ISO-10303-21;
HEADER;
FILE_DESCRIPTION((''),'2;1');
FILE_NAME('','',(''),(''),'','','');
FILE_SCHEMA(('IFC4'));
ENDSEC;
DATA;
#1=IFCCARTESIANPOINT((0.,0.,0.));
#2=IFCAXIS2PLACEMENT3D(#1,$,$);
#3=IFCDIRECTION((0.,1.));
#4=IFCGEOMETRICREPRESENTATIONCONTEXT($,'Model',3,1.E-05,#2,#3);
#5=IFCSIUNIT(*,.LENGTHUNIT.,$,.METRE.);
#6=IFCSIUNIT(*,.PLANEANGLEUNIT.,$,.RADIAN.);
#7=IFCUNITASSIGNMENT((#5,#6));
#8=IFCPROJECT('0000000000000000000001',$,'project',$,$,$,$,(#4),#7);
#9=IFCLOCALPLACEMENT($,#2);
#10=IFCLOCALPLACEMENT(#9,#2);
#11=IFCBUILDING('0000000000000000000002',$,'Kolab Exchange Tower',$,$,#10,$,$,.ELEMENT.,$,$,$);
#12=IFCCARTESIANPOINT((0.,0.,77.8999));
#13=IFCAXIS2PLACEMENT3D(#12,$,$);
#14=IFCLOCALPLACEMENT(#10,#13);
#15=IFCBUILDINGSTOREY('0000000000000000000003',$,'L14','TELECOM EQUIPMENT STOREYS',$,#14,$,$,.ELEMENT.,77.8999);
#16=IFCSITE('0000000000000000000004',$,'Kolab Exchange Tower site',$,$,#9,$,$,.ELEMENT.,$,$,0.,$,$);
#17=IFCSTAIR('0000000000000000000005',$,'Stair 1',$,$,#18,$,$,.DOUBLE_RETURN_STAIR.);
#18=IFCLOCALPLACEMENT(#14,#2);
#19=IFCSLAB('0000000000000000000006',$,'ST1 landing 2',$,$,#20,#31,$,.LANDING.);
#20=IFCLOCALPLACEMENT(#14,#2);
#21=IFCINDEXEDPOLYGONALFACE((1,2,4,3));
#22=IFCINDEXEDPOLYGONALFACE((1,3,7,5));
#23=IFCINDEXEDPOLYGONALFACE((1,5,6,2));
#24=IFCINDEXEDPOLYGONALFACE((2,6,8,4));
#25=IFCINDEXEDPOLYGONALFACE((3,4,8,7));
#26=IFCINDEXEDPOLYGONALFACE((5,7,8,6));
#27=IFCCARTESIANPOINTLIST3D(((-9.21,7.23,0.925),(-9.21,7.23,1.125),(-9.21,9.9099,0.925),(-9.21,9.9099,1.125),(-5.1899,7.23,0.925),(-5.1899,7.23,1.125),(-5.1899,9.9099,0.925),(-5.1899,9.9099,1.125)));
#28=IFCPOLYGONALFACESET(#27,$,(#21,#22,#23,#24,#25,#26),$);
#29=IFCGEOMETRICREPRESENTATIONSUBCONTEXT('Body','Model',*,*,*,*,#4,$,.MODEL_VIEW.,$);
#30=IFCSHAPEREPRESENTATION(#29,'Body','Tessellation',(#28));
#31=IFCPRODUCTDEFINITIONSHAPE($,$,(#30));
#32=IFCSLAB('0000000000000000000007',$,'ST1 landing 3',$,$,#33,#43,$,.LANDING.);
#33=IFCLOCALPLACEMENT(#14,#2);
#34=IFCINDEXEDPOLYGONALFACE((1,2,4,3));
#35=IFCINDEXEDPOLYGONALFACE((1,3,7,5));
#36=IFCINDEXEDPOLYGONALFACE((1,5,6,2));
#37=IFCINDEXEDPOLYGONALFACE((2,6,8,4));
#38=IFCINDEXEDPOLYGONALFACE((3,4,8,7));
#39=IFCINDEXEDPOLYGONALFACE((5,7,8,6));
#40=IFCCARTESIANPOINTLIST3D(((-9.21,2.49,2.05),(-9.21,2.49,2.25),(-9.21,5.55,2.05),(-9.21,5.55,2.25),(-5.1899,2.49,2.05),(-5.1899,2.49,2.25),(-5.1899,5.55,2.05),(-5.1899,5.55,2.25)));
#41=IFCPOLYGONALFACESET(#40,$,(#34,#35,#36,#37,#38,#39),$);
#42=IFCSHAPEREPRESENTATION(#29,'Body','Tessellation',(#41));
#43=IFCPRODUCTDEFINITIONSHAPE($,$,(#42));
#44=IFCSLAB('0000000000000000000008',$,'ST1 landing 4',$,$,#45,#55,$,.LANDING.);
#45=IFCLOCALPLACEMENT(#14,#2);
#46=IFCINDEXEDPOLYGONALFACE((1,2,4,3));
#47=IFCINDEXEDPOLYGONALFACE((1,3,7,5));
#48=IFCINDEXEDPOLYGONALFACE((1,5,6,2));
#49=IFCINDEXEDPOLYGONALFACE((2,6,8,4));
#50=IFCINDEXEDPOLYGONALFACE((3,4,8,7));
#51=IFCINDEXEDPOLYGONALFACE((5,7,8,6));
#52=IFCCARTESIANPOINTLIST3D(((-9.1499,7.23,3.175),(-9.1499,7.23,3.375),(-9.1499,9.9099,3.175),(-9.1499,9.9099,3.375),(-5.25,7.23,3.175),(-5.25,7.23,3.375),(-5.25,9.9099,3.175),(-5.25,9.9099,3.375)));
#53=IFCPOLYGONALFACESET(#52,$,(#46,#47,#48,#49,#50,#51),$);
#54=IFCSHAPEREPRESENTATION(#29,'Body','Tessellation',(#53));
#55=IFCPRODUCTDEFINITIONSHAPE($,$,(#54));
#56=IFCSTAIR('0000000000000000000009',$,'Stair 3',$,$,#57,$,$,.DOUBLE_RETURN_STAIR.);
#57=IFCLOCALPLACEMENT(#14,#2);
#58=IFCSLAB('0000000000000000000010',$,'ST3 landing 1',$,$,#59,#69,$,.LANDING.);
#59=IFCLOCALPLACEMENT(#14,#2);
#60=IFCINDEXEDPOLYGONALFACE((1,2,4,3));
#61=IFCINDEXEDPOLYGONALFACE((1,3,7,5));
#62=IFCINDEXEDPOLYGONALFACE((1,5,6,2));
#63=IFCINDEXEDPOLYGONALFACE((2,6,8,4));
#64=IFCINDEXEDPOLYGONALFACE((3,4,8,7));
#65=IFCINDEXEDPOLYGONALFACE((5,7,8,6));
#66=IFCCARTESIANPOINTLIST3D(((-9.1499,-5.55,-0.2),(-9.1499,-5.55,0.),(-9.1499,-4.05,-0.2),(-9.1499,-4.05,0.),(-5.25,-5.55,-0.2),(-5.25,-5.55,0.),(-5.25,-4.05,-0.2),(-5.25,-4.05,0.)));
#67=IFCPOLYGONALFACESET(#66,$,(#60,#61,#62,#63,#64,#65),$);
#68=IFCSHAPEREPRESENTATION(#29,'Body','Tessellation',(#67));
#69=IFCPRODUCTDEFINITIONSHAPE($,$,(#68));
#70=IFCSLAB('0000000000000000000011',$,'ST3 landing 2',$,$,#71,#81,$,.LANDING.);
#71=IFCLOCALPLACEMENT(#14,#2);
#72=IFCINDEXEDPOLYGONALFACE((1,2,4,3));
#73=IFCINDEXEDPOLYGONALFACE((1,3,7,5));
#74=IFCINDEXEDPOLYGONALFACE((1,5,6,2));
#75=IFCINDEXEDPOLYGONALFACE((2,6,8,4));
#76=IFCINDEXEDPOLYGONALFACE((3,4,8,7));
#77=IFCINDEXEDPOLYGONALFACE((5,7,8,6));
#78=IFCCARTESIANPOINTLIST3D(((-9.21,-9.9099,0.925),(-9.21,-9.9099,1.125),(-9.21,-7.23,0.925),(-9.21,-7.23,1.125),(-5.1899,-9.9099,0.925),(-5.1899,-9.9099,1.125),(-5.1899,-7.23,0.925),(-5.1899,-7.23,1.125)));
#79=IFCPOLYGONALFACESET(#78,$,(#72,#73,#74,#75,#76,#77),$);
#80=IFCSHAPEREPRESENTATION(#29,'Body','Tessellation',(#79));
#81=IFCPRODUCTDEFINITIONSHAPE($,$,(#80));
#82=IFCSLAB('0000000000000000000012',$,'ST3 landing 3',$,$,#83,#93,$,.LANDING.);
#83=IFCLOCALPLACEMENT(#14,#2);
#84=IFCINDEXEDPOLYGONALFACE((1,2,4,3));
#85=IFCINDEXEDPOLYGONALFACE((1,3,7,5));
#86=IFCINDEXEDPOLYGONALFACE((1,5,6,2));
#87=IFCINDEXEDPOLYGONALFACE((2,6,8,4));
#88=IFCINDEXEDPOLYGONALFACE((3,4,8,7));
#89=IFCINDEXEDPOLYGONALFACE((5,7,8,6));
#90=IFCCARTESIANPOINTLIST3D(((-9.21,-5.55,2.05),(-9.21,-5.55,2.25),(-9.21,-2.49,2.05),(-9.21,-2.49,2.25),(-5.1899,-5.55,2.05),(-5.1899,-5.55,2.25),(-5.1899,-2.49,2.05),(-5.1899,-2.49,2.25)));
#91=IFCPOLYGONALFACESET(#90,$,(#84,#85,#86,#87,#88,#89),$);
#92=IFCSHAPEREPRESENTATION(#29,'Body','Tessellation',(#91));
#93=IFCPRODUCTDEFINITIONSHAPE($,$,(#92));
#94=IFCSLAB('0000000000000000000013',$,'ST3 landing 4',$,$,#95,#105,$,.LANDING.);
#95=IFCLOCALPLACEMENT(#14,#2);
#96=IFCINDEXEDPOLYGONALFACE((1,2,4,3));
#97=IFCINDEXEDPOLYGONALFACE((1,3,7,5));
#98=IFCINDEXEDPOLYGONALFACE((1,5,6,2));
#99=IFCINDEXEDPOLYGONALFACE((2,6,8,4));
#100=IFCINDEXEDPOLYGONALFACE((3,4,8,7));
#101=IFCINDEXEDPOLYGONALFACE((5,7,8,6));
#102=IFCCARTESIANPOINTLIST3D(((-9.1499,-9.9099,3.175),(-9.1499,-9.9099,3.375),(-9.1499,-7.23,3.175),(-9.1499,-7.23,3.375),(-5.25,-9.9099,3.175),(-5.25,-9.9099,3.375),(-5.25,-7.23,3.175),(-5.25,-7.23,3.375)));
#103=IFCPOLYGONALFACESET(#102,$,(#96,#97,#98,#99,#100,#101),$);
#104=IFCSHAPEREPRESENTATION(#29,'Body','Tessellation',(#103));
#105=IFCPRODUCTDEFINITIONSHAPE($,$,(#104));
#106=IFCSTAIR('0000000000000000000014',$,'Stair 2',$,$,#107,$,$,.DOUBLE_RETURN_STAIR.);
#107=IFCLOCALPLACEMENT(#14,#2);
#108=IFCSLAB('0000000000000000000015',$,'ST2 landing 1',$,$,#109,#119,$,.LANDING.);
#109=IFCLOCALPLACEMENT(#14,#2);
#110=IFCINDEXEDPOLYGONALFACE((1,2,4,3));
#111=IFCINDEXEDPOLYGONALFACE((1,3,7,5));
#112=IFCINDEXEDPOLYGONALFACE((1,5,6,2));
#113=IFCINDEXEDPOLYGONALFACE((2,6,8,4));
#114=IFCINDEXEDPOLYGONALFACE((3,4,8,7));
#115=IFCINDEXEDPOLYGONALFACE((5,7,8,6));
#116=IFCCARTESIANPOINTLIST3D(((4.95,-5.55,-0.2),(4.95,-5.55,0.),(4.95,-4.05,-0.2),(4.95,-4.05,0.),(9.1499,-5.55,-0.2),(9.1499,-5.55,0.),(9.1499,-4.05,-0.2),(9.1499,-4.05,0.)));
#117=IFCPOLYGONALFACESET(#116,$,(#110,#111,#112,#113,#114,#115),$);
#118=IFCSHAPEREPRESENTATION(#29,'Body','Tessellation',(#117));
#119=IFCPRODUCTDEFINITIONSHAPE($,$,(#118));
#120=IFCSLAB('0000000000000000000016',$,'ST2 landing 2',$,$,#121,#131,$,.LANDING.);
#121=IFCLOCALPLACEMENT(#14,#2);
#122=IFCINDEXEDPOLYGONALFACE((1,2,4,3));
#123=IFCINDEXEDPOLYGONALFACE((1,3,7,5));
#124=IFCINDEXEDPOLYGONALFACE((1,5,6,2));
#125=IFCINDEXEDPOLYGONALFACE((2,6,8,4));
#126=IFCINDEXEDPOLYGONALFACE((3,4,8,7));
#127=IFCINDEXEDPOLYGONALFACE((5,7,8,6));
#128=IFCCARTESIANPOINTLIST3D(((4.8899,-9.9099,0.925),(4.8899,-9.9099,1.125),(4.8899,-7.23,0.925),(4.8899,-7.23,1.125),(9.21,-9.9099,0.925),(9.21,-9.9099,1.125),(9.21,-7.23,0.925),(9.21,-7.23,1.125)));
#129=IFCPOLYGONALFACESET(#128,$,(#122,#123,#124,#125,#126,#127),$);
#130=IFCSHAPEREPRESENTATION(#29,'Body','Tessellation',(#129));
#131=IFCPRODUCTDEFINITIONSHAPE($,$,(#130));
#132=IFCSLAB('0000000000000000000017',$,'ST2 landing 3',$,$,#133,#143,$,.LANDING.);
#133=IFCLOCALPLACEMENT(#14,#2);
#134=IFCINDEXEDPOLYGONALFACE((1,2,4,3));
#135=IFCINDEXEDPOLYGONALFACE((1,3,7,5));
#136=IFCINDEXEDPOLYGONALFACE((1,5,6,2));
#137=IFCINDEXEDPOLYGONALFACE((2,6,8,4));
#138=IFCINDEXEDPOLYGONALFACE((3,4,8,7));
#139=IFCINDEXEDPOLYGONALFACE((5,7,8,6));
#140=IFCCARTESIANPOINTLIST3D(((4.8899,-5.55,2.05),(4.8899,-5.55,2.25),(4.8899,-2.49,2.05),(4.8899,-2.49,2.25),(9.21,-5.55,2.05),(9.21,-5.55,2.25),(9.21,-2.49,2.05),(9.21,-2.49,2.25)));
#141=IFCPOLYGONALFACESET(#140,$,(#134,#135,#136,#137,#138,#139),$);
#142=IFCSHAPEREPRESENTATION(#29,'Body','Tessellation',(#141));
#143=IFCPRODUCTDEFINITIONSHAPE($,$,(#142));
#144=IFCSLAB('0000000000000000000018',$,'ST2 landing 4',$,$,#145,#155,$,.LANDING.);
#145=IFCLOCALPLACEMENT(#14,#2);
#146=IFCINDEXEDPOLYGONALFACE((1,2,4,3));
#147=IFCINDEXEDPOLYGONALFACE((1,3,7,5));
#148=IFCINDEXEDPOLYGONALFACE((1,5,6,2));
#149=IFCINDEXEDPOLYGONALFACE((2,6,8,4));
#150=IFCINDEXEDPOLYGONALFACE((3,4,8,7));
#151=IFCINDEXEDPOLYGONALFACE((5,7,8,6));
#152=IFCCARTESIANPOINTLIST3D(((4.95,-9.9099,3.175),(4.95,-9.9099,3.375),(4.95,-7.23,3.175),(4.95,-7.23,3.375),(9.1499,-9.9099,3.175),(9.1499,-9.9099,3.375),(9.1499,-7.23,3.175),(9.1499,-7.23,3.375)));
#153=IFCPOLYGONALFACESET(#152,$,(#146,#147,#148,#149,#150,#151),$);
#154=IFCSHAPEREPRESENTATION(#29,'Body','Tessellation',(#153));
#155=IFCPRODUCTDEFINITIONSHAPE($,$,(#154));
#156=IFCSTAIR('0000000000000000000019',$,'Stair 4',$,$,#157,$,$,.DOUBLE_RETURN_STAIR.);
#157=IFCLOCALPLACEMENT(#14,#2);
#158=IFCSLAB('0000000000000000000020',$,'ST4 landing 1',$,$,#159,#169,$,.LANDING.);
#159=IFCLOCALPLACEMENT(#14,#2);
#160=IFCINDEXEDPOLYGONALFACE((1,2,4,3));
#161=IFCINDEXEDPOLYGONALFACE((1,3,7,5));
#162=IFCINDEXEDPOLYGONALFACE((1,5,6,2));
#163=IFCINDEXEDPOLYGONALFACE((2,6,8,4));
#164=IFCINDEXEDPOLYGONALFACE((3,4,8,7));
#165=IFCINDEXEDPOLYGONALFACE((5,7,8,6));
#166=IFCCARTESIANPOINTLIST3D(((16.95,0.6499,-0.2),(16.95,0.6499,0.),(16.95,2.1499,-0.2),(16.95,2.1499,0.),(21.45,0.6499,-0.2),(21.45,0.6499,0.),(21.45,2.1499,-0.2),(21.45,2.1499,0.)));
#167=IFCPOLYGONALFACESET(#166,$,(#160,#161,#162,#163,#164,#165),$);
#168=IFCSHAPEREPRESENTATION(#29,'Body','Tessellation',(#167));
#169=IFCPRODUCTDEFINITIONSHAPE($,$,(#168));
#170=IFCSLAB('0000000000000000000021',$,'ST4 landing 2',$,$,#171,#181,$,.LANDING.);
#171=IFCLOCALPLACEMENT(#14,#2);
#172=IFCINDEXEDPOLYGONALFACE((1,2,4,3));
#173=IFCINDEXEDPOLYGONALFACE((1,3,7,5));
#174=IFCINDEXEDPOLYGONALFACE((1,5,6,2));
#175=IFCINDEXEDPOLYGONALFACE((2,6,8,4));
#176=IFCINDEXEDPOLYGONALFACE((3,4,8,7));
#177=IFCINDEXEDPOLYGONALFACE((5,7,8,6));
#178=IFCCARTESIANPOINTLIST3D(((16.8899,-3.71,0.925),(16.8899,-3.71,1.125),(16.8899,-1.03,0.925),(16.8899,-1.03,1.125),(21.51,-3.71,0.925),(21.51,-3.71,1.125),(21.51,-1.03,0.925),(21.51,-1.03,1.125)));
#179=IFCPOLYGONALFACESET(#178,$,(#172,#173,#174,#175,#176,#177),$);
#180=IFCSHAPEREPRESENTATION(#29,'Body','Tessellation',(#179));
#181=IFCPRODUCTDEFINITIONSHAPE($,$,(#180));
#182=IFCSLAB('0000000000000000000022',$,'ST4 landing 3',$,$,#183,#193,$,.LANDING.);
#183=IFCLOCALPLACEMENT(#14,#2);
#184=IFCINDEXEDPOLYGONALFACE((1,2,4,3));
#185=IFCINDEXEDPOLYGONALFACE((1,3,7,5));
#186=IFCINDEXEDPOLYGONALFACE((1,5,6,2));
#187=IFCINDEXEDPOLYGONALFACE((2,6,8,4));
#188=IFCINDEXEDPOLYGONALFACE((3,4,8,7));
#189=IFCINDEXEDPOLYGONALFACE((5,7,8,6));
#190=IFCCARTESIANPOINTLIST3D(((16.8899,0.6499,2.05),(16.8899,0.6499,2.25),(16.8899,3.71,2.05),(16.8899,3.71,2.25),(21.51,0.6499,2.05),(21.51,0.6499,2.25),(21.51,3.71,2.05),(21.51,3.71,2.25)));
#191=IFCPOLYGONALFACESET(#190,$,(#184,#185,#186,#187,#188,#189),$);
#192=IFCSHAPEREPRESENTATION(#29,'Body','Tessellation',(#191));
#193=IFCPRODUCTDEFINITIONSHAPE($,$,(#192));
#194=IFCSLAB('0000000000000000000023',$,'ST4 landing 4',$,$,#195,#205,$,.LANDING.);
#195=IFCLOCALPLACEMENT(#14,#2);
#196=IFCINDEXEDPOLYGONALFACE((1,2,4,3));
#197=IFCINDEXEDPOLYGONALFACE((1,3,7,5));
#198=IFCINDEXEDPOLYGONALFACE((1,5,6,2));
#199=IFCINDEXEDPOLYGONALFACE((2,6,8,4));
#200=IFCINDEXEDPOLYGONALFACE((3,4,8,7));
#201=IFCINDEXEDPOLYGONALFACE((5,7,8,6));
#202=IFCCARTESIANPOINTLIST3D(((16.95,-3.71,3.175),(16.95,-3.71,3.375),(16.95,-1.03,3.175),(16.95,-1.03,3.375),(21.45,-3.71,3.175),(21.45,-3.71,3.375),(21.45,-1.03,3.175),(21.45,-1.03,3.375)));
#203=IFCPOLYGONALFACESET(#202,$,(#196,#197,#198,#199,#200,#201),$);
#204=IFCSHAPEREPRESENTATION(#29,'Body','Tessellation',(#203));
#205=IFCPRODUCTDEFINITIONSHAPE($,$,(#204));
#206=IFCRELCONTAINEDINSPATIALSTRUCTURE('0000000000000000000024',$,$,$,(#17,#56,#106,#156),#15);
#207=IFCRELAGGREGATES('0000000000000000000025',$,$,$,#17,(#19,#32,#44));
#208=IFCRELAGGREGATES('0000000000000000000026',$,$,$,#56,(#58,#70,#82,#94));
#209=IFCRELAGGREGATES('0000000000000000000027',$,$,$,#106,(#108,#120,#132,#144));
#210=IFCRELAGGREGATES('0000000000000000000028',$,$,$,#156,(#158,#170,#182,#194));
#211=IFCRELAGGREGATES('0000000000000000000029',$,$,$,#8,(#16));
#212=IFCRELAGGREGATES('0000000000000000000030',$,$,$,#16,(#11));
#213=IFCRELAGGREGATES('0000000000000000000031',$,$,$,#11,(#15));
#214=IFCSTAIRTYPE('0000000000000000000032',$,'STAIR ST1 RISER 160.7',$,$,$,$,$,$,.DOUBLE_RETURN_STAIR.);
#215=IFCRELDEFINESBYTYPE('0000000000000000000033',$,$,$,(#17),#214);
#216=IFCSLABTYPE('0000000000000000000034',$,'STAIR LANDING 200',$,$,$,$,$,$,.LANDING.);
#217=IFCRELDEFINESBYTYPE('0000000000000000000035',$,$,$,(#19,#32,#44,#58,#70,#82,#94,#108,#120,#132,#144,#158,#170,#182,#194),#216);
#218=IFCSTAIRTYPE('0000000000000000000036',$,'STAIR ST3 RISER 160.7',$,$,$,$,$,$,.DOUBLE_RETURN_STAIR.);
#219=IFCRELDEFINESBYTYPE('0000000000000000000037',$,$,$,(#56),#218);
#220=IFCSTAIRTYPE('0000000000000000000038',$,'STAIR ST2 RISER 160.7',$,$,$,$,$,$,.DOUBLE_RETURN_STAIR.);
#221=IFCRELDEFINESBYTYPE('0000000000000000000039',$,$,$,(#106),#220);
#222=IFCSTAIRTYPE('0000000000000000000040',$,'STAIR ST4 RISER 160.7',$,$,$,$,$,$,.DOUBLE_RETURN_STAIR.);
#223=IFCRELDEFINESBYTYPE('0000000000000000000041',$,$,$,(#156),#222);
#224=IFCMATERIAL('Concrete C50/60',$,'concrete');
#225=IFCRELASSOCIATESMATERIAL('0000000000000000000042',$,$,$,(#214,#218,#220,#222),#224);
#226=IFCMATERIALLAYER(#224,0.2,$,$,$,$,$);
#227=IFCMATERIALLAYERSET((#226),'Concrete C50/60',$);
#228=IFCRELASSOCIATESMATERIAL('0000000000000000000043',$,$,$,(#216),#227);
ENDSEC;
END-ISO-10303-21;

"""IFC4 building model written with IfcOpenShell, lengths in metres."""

from ifc_helpers import new_model, si_unit, direction, frame, origin, place, context, subcontext, project, spatial, polyline, outline, extrude, material, layer, layer_set, type_object, element, aggregate, save


model = new_model("IFC4")

# Units and contexts
model_context = context("Model", 3, precision=1e-05, world=origin(), true_north=direction((0.0, 1.0)))
body_context = subcontext(model_context, "Body", "Model", "MODEL_VIEW")
ifc_project = project(units=[si_unit("LENGTHUNIT", "METRE"), si_unit("PLANEANGLEUNIT", "RADIAN")], contexts=[model_context])

# Site, building, storey
site_placement = place(None, origin())
site = spatial("IfcSite", under=ifc_project, at=site_placement, Name="Kolab Exchange Tower site", CompositionType="ELEMENT", RefElevation=0.0)
building_placement = place(site_placement, origin())
building = spatial("IfcBuilding", under=site, at=building_placement, Name="Kolab Exchange Tower", CompositionType="ELEMENT")
storey_placement = place(building_placement, frame((0.0, 0.0, 77.8999)))
storey = spatial("IfcBuildingStorey", under=building, at=storey_placement, Name="L14", Description="TELECOM EQUIPMENT STOREYS", CompositionType="ELEMENT", Elevation=77.8999)

# Stairs, slabs
ifc_material_1 = material(Name="Concrete C50/60", Category="concrete")
stair_type_1 = type_object("IfcStairType", Name="STAIR ST1 RISER 160.7", PredefinedType="DOUBLE_RETURN_STAIR", material=ifc_material_1)
stair_1_placement = place(storey_placement, origin())
stair_1 = element("IfcStair", 1, at=stair_1_placement, inside=storey, type_object=stair_type_1, Name="Stair 1", PredefinedType="DOUBLE_RETURN_STAIR")
ifc_layer_1 = layer(ifc_material_1, 0.2)
ifc_layer_set_1 = layer_set([ifc_layer_1], Name="Concrete C50/60")
slab_type_1 = type_object("IfcSlabType", Name="STAIR LANDING 200", PredefinedType="LANDING", material=ifc_layer_set_1)
slab_1_placement = place(storey_placement, frame((0.0, 0.0, 0.925)))
slab_1 = element("IfcSlab", 2, at=slab_1_placement, type_object=slab_type_1, Name="ST1 landing 2", PredefinedType="LANDING", context=body_context, shape_type="SweptSolid", body=[
    extrude(outline(polyline([(-9.21, 7.23), (-5.1899, 7.23), (-5.1899, 9.9099), (-9.21, 9.9099), (-9.21, 7.23)])), origin(), (0.0, 0.0, 1.0), 0.2),
])
slab_2_placement = place(storey_placement, frame((0.0, 0.0, 2.05)))
slab_2 = element("IfcSlab", 3, at=slab_2_placement, type_object=slab_type_1, Name="ST1 landing 3", PredefinedType="LANDING", context=body_context, shape_type="SweptSolid", body=[
    extrude(outline(polyline([(-9.21, 2.49), (-5.1899, 2.49), (-5.1899, 5.55), (-9.21, 5.55), (-9.21, 2.49)])), origin(), (0.0, 0.0, 1.0), 0.2),
])
slab_3_placement = place(storey_placement, frame((0.0, 0.0, 3.175)))
slab_3 = element("IfcSlab", 4, at=slab_3_placement, type_object=slab_type_1, Name="ST1 landing 4", PredefinedType="LANDING", context=body_context, shape_type="SweptSolid", body=[
    extrude(outline(polyline([(-9.1499, 7.23), (-5.25, 7.23), (-5.25, 9.9099), (-9.1499, 9.9099), (-9.1499, 7.23)])), origin(), (0.0, 0.0, 1.0), 0.2),
])
aggregate(stair_1, [slab_1, slab_2, slab_3])
stair_type_2 = type_object("IfcStairType", Name="STAIR ST3 RISER 160.7", PredefinedType="DOUBLE_RETURN_STAIR", material=ifc_material_1)
stair_2_placement = place(storey_placement, origin())
stair_2 = element("IfcStair", 5, at=stair_2_placement, inside=storey, type_object=stair_type_2, Name="Stair 3", PredefinedType="DOUBLE_RETURN_STAIR")
slab_4_placement = place(storey_placement, frame((0.0, 0.0, -0.2)))
slab_4 = element("IfcSlab", 6, at=slab_4_placement, type_object=slab_type_1, Name="ST3 landing 1", PredefinedType="LANDING", context=body_context, shape_type="SweptSolid", body=[
    extrude(outline(polyline([(-9.1499, -5.55), (-5.25, -5.55), (-5.25, -4.05), (-9.1499, -4.05), (-9.1499, -5.55)])), origin(), (0.0, 0.0, 1.0), 0.2),
])
slab_5_placement = place(storey_placement, frame((0.0, 0.0, 0.925)))
slab_5 = element("IfcSlab", 7, at=slab_5_placement, type_object=slab_type_1, Name="ST3 landing 2", PredefinedType="LANDING", context=body_context, shape_type="SweptSolid", body=[
    extrude(outline(polyline([(-9.21, -9.9099), (-5.1899, -9.9099), (-5.1899, -7.23), (-9.21, -7.23), (-9.21, -9.9099)])), origin(), (0.0, 0.0, 1.0), 0.2),
])
slab_6_placement = place(storey_placement, frame((0.0, 0.0, 2.05)))
slab_6 = element("IfcSlab", 8, at=slab_6_placement, type_object=slab_type_1, Name="ST3 landing 3", PredefinedType="LANDING", context=body_context, shape_type="SweptSolid", body=[
    extrude(outline(polyline([(-9.21, -5.55), (-5.1899, -5.55), (-5.1899, -2.49), (-9.21, -2.49), (-9.21, -5.55)])), origin(), (0.0, 0.0, 1.0), 0.2),
])
slab_7_placement = place(storey_placement, frame((0.0, 0.0, 3.175)))
slab_7 = element("IfcSlab", 9, at=slab_7_placement, type_object=slab_type_1, Name="ST3 landing 4", PredefinedType="LANDING", context=body_context, shape_type="SweptSolid", body=[
    extrude(outline(polyline([(-9.1499, -9.9099), (-5.25, -9.9099), (-5.25, -7.23), (-9.1499, -7.23), (-9.1499, -9.9099)])), origin(), (0.0, 0.0, 1.0), 0.2),
])
aggregate(stair_2, [slab_4, slab_5, slab_6, slab_7])
stair_type_3 = type_object("IfcStairType", Name="STAIR ST2 RISER 160.7", PredefinedType="DOUBLE_RETURN_STAIR", material=ifc_material_1)
stair_3_placement = place(storey_placement, origin())
stair_3 = element("IfcStair", 10, at=stair_3_placement, inside=storey, type_object=stair_type_3, Name="Stair 2", PredefinedType="DOUBLE_RETURN_STAIR")
slab_8_placement = place(storey_placement, frame((0.0, 0.0, -0.2)))
slab_8 = element("IfcSlab", 11, at=slab_8_placement, type_object=slab_type_1, Name="ST2 landing 1", PredefinedType="LANDING", context=body_context, shape_type="SweptSolid", body=[
    extrude(outline(polyline([(4.95, -5.55), (9.1499, -5.55), (9.1499, -4.05), (4.95, -4.05), (4.95, -5.55)])), origin(), (0.0, 0.0, 1.0), 0.2),
])
slab_9_placement = place(storey_placement, frame((0.0, 0.0, 0.925)))
slab_9 = element("IfcSlab", 12, at=slab_9_placement, type_object=slab_type_1, Name="ST2 landing 2", PredefinedType="LANDING", context=body_context, shape_type="SweptSolid", body=[
    extrude(outline(polyline([(4.8899, -9.9099), (9.21, -9.9099), (9.21, -7.23), (4.8899, -7.23), (4.8899, -9.9099)])), origin(), (0.0, 0.0, 1.0), 0.2),
])
slab_10_placement = place(storey_placement, frame((0.0, 0.0, 2.05)))
slab_10 = element("IfcSlab", 13, at=slab_10_placement, type_object=slab_type_1, Name="ST2 landing 3", PredefinedType="LANDING", context=body_context, shape_type="SweptSolid", body=[
    extrude(outline(polyline([(4.8899, -5.55), (9.21, -5.55), (9.21, -2.49), (4.8899, -2.49), (4.8899, -5.55)])), origin(), (0.0, 0.0, 1.0), 0.2),
])
slab_11_placement = place(storey_placement, frame((0.0, 0.0, 3.175)))
slab_11 = element("IfcSlab", 14, at=slab_11_placement, type_object=slab_type_1, Name="ST2 landing 4", PredefinedType="LANDING", context=body_context, shape_type="SweptSolid", body=[
    extrude(outline(polyline([(4.95, -9.9099), (9.1499, -9.9099), (9.1499, -7.23), (4.95, -7.23), (4.95, -9.9099)])), origin(), (0.0, 0.0, 1.0), 0.2),
])
aggregate(stair_3, [slab_8, slab_9, slab_10, slab_11])
stair_type_4 = type_object("IfcStairType", Name="STAIR ST4 RISER 160.7", PredefinedType="DOUBLE_RETURN_STAIR", material=ifc_material_1)
stair_4_placement = place(storey_placement, origin())
stair_4 = element("IfcStair", 15, at=stair_4_placement, inside=storey, type_object=stair_type_4, Name="Stair 4", PredefinedType="DOUBLE_RETURN_STAIR")
slab_12_placement = place(storey_placement, frame((0.0, 0.0, -0.2)))
slab_12 = element("IfcSlab", 16, at=slab_12_placement, type_object=slab_type_1, Name="ST4 landing 1", PredefinedType="LANDING", context=body_context, shape_type="SweptSolid", body=[
    extrude(outline(polyline([(16.95, 0.6499), (21.45, 0.6499), (21.45, 2.1499), (16.95, 2.1499), (16.95, 0.6499)])), origin(), (0.0, 0.0, 1.0), 0.2),
])
slab_13_placement = place(storey_placement, frame((0.0, 0.0, 0.925)))
slab_13 = element("IfcSlab", 17, at=slab_13_placement, type_object=slab_type_1, Name="ST4 landing 2", PredefinedType="LANDING", context=body_context, shape_type="SweptSolid", body=[
    extrude(outline(polyline([(16.8899, -3.71), (21.51, -3.71), (21.51, -1.03), (16.8899, -1.03), (16.8899, -3.71)])), origin(), (0.0, 0.0, 1.0), 0.2),
])
slab_14_placement = place(storey_placement, frame((0.0, 0.0, 2.05)))
slab_14 = element("IfcSlab", 18, at=slab_14_placement, type_object=slab_type_1, Name="ST4 landing 3", PredefinedType="LANDING", context=body_context, shape_type="SweptSolid", body=[
    extrude(outline(polyline([(16.8899, 0.6499), (21.51, 0.6499), (21.51, 3.71), (16.8899, 3.71), (16.8899, 0.6499)])), origin(), (0.0, 0.0, 1.0), 0.2),
])
slab_15_placement = place(storey_placement, frame((0.0, 0.0, 3.175)))
slab_15 = element("IfcSlab", 19, at=slab_15_placement, type_object=slab_type_1, Name="ST4 landing 4", PredefinedType="LANDING", context=body_context, shape_type="SweptSolid", body=[
    extrude(outline(polyline([(16.95, -3.71), (21.45, -3.71), (21.45, -1.03), (16.95, -1.03), (16.95, -3.71)])), origin(), (0.0, 0.0, 1.0), 0.2),
])
aggregate(stair_4, [slab_12, slab_13, slab_14, slab_15])

save(model, "model.ifc")
